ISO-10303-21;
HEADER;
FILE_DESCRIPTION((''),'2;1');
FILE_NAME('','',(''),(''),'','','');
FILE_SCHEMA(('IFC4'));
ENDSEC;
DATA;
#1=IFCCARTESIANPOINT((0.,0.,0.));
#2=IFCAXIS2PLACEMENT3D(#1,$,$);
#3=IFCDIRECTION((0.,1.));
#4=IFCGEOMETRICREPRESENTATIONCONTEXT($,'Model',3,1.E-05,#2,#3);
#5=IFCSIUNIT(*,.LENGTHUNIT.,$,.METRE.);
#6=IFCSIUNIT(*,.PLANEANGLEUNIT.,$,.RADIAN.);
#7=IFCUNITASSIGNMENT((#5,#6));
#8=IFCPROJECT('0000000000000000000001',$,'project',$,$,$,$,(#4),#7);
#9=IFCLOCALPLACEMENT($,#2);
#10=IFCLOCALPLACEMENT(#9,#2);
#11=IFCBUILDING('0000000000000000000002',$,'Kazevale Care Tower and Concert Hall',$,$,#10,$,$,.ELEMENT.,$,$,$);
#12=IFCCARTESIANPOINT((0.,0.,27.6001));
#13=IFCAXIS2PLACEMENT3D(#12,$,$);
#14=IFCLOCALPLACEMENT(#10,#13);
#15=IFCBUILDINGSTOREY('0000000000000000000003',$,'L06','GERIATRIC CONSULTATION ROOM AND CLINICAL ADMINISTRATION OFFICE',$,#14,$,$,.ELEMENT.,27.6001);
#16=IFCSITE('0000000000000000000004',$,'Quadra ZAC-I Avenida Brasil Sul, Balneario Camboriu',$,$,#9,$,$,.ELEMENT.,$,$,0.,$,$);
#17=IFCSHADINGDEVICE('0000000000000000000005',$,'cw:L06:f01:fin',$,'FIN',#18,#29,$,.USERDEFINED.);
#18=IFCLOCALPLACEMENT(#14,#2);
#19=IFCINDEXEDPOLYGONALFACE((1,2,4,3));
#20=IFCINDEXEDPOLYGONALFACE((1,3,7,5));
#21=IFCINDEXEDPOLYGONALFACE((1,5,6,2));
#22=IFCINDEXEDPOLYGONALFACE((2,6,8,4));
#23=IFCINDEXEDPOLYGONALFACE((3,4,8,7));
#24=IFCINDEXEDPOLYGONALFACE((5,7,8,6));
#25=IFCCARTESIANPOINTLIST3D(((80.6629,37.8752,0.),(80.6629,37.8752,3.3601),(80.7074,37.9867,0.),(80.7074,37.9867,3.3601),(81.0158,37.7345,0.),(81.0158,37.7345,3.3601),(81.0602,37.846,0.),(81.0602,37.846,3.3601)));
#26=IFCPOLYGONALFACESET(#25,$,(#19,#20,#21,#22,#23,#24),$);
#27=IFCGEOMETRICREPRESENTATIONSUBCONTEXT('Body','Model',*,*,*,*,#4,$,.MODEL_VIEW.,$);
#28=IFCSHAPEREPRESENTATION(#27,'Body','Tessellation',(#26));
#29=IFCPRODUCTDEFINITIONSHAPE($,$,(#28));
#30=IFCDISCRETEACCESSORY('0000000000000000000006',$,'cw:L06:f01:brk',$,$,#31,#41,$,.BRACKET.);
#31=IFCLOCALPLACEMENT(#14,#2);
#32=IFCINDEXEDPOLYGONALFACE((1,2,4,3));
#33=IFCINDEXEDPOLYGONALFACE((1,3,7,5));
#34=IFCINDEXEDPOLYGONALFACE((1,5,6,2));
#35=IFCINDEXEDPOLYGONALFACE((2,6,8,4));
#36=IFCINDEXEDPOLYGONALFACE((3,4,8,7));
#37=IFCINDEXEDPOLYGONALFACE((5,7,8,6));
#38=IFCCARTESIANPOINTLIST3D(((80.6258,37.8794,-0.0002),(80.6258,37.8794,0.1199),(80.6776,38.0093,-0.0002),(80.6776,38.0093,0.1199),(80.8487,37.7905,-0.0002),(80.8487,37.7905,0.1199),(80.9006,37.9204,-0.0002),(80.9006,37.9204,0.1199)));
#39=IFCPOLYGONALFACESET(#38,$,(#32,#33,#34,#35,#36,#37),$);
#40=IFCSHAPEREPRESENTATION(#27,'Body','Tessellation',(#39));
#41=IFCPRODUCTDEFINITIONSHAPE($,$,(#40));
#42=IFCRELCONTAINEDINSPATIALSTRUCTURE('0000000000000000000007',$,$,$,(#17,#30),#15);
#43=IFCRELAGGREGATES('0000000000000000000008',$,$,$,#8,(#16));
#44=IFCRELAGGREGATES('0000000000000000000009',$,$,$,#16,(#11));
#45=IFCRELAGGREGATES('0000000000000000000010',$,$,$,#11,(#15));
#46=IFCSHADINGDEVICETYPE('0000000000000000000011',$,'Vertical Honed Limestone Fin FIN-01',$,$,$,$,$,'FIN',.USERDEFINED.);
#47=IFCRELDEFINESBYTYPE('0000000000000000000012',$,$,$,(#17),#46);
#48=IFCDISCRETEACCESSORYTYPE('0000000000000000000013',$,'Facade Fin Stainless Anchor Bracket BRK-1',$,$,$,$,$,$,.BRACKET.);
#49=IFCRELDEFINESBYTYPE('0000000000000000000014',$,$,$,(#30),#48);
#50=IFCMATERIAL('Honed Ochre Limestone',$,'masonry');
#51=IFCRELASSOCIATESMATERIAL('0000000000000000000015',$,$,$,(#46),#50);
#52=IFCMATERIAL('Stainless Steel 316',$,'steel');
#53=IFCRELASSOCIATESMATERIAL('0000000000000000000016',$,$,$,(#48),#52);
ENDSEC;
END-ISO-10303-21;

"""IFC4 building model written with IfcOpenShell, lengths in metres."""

from ifc_helpers import new_model, si_unit, direction, frame, origin, origin_2d, place, context, subcontext, project, spatial, rectangle, extrude, material, type_object, element, save


model = new_model("IFC4")

# Units and contexts
model_context = context("Model", 3, precision=1e-05, world=origin(), true_north=direction((0.0, 1.0)))
body_context = subcontext(model_context, "Body", "Model", "MODEL_VIEW")
ifc_project = project(units=[si_unit("LENGTHUNIT", "METRE"), si_unit("PLANEANGLEUNIT", "RADIAN")], contexts=[model_context])

# Site, building, storey
site_placement = place(None, origin())
site = spatial("IfcSite", under=ifc_project, at=site_placement, Name="Quadra ZAC-I Avenida Brasil Sul, Balneario Camboriu", CompositionType="ELEMENT", RefElevation=0.0)
building_placement = place(site_placement, origin())
building = spatial("IfcBuilding", under=site, at=building_placement, Name="Kazevale Care Tower and Concert Hall", CompositionType="ELEMENT")
storey_placement = place(building_placement, frame((0.0, 0.0, 27.6001)))
storey = spatial("IfcBuildingStorey", under=building, at=storey_placement, Name="L06", Description="GERIATRIC CONSULTATION ROOM AND CLINICAL ADMINISTRATION OFFICE", CompositionType="ELEMENT", Elevation=27.6001)

# Shading device
ifc_material_1 = material(Name="Honed Ochre Limestone", Category="masonry")
shading_device_type = type_object("IfcShadingDeviceType", Name="Vertical Honed Limestone Fin FIN-01", ElementType="FIN", PredefinedType="USERDEFINED", material=ifc_material_1)
shading_device_placement = place(storey_placement, frame((80.8616, 37.8606, 0.0), z_axis=(0.0, 0.0, 1.0), x_axis=(0.928874, -0.370395, 0.0)))
element("IfcShadingDevice", 1, at=shading_device_placement, inside=storey, type_object=shading_device_type, Name="cw:L06:f01:fin", ObjectType="FIN", PredefinedType="USERDEFINED", context=body_context, shape_type="SweptSolid", body=[
    extrude(rectangle(XDim=0.3799, YDim=0.1201, at=origin_2d()), origin(), (0.0, 0.0, 1.0), 3.3601),
])

# Discrete accessory
ifc_material_2 = material(Name="Stainless Steel 316", Category="steel")
discrete_accessory_type = type_object("IfcDiscreteAccessoryType", Name="Facade Fin Stainless Anchor Bracket BRK-1", PredefinedType="BRACKET", material=ifc_material_2)
discrete_accessory_placement = place(storey_placement, frame((80.7632, 37.8999, -0.0002), z_axis=(0.0, 0.0, 1.0), x_axis=(0.928874, -0.370395, 0.0)))
element("IfcDiscreteAccessory", 2, at=discrete_accessory_placement, inside=storey, type_object=discrete_accessory_type, Name="cw:L06:f01:brk", PredefinedType="BRACKET", context=body_context, shape_type="SweptSolid", body=[
    extrude(rectangle(XDim=0.24, YDim=0.1399, at=origin_2d()), origin(), (0.0, 0.0, 1.0), 0.1201),
])

save(model, "model.ifc")
